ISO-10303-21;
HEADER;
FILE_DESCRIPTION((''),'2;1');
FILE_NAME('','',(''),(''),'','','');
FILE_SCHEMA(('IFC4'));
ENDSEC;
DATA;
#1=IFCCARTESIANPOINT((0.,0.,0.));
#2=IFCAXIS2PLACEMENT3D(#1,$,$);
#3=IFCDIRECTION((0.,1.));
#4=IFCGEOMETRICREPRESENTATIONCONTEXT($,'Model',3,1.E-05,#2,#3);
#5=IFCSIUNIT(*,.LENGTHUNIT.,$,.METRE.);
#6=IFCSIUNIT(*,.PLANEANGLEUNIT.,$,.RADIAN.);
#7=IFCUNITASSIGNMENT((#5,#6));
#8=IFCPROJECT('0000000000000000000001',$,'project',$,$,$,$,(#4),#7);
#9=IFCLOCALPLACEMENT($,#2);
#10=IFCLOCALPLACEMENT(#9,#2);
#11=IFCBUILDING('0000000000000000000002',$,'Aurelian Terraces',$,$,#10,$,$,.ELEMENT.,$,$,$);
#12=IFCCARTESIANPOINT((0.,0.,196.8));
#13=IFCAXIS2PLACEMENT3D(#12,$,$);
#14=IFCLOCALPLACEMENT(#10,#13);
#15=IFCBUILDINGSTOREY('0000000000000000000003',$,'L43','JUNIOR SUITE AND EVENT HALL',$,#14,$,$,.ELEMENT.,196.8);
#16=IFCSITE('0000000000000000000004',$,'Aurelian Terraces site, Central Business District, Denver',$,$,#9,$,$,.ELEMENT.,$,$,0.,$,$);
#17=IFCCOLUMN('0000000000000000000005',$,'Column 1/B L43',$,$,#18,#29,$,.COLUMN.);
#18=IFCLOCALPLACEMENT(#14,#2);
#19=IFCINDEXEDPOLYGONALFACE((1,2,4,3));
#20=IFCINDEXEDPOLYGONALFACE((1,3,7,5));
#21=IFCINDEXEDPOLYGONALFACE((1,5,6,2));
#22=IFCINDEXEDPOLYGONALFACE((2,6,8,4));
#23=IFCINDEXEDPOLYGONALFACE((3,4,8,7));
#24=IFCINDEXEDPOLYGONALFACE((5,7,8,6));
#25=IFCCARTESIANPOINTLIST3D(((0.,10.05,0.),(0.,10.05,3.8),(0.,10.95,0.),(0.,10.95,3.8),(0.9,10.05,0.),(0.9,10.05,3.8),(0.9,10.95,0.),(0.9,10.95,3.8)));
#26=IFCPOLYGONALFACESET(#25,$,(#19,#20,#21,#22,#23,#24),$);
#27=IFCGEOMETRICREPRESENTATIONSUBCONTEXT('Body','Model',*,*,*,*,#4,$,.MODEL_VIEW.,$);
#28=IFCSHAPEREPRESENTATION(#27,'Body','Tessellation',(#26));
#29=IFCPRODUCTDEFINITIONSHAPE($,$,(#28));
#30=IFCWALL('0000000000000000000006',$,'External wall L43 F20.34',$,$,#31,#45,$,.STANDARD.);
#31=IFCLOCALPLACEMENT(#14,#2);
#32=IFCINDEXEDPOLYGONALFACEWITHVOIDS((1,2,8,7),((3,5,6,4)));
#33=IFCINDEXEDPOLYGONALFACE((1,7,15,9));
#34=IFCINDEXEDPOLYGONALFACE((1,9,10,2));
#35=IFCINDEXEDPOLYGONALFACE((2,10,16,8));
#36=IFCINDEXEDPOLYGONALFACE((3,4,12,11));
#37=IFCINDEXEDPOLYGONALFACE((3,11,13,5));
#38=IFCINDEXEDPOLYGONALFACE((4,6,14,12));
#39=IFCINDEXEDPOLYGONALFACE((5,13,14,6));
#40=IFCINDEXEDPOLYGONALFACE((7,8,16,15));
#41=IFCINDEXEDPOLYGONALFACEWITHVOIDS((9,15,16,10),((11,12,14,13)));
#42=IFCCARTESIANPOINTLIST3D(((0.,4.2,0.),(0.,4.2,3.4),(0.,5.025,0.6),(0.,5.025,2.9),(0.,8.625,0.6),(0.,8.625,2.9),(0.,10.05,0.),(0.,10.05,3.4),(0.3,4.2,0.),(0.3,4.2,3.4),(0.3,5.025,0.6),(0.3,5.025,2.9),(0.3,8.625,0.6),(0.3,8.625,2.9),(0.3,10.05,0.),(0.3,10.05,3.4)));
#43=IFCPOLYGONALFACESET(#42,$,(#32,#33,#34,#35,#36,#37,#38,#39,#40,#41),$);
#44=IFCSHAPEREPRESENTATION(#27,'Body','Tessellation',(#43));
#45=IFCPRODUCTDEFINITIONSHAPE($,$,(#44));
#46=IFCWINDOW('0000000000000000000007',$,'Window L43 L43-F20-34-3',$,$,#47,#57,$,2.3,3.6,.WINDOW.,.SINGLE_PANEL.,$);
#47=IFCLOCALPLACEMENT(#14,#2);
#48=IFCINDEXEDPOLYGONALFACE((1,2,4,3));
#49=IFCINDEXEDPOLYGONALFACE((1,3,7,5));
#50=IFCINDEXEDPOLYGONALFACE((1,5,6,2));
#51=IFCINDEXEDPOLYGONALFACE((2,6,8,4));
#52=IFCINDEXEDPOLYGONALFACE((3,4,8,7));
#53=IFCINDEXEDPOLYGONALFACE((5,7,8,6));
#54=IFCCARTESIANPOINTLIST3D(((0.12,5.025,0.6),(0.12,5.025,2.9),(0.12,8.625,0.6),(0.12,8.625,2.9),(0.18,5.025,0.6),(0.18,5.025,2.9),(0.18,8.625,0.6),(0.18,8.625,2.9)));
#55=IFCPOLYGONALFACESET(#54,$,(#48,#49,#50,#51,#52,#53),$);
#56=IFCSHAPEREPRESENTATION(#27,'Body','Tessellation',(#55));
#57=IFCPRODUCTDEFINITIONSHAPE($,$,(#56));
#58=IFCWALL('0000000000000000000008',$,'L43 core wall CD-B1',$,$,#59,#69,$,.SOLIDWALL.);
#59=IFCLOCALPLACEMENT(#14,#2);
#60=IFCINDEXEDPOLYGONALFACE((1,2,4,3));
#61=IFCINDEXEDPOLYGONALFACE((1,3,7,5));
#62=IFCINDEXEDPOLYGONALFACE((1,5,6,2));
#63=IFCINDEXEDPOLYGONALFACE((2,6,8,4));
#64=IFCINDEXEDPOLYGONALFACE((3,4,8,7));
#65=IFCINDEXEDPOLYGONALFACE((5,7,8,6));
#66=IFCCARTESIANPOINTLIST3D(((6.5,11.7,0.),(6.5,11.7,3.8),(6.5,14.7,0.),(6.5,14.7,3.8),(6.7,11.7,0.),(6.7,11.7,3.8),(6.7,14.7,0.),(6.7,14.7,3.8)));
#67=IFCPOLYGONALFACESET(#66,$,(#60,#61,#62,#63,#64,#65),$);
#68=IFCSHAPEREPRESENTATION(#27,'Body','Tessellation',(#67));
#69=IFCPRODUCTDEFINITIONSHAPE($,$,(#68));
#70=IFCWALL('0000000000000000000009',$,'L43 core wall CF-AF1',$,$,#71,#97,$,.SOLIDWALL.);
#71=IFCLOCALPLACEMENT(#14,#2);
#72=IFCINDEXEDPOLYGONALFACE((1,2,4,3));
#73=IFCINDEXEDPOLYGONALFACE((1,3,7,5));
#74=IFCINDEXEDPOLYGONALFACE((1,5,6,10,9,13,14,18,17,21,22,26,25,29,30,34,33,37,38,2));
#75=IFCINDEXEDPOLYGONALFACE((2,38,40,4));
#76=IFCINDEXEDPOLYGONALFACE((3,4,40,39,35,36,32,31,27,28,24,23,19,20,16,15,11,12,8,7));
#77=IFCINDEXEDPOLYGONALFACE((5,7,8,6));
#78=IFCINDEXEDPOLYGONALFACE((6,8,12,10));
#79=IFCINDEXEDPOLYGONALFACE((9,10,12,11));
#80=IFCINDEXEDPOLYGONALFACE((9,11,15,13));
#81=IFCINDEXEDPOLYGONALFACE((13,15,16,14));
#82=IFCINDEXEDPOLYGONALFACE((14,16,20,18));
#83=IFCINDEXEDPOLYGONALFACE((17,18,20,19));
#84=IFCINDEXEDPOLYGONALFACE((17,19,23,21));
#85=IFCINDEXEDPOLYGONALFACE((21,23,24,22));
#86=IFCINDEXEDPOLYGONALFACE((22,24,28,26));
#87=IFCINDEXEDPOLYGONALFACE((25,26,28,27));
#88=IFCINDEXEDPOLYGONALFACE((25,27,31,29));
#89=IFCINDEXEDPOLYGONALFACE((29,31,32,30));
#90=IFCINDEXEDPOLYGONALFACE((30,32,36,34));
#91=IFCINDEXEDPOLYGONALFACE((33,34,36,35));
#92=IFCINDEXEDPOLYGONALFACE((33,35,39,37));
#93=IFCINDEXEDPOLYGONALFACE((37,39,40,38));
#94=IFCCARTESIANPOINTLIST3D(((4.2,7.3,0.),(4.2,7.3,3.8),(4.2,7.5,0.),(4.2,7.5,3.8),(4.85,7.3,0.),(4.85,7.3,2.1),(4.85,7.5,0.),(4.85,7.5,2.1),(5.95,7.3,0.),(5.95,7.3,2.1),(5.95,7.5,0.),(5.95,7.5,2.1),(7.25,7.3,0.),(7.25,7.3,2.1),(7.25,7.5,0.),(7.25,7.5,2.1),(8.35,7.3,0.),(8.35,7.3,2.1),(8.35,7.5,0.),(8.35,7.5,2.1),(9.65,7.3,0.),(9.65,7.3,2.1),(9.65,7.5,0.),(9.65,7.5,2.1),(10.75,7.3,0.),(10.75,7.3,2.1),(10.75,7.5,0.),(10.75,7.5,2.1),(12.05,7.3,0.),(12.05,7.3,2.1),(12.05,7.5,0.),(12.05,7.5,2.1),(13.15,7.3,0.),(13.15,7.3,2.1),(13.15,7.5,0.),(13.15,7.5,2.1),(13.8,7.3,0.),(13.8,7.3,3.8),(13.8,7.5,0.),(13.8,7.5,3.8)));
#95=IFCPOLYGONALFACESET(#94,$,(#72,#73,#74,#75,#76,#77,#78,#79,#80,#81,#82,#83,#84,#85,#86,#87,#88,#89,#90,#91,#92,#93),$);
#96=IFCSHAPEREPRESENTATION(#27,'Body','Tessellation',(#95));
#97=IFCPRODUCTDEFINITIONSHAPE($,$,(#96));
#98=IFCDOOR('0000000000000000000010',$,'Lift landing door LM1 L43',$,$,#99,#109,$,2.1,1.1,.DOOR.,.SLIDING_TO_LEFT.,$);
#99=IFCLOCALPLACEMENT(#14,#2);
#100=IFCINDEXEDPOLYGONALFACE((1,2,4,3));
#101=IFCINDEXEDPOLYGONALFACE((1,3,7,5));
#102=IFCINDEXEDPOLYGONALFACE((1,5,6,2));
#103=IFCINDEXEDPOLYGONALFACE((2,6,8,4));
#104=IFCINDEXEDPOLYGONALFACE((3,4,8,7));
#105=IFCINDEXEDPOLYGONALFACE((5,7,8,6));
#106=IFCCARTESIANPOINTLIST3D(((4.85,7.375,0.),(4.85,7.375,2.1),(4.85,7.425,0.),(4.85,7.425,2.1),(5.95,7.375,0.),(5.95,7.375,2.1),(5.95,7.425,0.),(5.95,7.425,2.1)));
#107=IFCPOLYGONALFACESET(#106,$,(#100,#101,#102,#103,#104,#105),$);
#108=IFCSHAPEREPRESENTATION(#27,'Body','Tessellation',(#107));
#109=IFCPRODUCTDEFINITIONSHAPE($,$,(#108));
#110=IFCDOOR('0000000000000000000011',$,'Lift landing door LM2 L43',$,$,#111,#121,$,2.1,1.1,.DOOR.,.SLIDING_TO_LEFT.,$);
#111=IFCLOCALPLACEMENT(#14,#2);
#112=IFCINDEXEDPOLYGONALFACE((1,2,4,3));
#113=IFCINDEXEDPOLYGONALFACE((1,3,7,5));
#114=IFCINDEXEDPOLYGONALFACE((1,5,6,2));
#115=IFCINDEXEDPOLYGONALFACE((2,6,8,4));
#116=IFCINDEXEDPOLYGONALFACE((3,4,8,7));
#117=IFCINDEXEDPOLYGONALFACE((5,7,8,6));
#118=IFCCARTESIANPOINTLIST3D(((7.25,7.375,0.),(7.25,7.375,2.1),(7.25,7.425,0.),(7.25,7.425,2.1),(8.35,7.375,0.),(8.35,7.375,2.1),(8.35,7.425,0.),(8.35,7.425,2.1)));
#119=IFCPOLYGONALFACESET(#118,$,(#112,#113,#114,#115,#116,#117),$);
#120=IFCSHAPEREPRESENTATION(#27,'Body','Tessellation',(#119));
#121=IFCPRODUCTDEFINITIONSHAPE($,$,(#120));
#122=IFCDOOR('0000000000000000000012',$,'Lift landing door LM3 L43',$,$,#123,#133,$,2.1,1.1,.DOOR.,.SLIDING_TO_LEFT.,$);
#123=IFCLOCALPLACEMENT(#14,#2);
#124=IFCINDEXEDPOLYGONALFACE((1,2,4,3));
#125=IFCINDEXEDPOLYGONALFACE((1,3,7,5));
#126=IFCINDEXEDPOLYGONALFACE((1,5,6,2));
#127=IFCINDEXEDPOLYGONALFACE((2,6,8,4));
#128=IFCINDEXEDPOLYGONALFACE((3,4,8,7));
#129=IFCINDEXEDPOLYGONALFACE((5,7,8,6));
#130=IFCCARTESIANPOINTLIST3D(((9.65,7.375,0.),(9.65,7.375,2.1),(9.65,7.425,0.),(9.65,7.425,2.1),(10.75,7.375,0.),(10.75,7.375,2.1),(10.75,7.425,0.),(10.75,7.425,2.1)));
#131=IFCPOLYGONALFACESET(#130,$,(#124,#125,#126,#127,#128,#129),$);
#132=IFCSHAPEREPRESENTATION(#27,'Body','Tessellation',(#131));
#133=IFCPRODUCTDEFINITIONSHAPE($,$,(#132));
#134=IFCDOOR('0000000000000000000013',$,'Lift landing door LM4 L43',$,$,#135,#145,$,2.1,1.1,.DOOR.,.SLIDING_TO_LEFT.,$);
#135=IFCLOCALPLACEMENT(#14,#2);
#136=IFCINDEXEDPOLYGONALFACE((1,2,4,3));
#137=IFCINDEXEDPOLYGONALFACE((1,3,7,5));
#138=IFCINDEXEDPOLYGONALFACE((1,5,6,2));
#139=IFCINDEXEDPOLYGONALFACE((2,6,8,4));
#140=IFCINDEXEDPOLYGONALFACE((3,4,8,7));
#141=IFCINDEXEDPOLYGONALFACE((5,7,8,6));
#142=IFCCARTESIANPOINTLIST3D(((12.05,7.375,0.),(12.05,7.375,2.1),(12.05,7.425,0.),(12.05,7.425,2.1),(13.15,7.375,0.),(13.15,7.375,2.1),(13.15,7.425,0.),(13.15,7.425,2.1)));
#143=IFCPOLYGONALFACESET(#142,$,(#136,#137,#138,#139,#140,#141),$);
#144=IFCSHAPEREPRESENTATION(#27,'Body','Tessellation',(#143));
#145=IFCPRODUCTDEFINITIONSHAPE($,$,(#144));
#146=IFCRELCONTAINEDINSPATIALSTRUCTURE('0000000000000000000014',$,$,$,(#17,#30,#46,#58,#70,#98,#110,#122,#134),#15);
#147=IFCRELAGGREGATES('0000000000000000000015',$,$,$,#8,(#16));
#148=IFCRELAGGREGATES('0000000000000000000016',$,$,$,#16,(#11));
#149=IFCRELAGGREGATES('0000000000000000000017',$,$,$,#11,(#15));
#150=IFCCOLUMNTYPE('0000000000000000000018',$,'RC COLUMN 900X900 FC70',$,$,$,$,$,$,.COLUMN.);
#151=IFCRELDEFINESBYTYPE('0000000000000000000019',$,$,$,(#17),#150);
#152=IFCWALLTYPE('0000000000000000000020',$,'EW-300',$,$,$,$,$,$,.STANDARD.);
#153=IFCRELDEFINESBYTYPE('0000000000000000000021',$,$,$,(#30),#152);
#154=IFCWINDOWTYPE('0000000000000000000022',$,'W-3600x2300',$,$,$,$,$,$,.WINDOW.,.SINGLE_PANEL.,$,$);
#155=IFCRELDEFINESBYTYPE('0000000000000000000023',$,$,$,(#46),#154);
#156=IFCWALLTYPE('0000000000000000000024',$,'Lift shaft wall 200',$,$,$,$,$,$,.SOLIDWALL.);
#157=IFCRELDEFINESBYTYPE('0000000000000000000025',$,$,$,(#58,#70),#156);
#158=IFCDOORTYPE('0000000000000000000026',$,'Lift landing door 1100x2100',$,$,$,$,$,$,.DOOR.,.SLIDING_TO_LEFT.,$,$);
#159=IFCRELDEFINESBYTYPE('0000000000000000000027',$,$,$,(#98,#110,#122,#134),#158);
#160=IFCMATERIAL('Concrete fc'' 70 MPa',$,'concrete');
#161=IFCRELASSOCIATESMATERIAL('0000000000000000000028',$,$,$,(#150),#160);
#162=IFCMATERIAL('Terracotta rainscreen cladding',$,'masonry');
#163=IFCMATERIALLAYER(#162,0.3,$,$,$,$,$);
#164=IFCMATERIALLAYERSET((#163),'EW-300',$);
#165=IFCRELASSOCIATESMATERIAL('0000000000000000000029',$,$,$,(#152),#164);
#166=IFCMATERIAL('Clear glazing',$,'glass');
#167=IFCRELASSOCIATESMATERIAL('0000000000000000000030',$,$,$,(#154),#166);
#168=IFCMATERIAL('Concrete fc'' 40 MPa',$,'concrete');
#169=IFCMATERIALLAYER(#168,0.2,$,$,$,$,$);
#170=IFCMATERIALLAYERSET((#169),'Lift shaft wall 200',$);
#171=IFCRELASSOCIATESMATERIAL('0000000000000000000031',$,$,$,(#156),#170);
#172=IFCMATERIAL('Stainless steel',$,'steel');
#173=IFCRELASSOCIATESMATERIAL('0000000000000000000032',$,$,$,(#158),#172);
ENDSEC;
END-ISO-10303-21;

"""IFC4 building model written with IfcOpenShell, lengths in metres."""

from ifc_helpers import new_model, si_unit, direction, frame, frame_2d, origin, origin_2d, place, context, subcontext, project, spatial, rectangle, extrude, source, transform, mapped, material, layer, layer_set, material_profile, profile_set, type_object, element, fill, save


model = new_model("IFC4")

# Units and contexts
model_context = context("Model", 3, precision=1e-05, world=origin(), true_north=direction((0.0, 1.0)))
body_context = subcontext(model_context, "Body", "Model", "MODEL_VIEW")
ifc_project = project(units=[si_unit("LENGTHUNIT", "METRE"), si_unit("PLANEANGLEUNIT", "RADIAN")], contexts=[model_context])

# Site, building, storey
site_placement = place(None, origin())
site = spatial("IfcSite", under=ifc_project, at=site_placement, Name="Aurelian Terraces site, Central Business District, Denver", CompositionType="ELEMENT", RefElevation=0.0)
building_placement = place(site_placement, origin())
building = spatial("IfcBuilding", under=site, at=building_placement, Name="Aurelian Terraces", CompositionType="ELEMENT")
storey_placement = place(building_placement, frame((0.0, 0.0, 196.8)))
storey = spatial("IfcBuildingStorey", under=building, at=storey_placement, Name="L43", Description="JUNIOR SUITE AND EVENT HALL", CompositionType="ELEMENT", Elevation=196.8)

# Column
ifc_material_1 = material(Name="Concrete fc' 70 MPa", Category="concrete")
ifc_material_profile = material_profile(ifc_material_1, rectangle(XDim=0.9, YDim=0.9, at=origin_2d()))
ifc_profile_set = profile_set([ifc_material_profile], Name="Concrete fc' 70 MPa")
column_type = type_object("IfcColumnType", Name="RC COLUMN 900X900 FC70", PredefinedType="COLUMN", material=ifc_profile_set)
shared_shape_1 = source(origin(), body_context, "Body", "SweptSolid", [
    extrude(rectangle(XDim=0.9, YDim=0.9, at=origin_2d()), origin(), (0.0, 0.0, 1.0), 3.8),
])
column_placement = place(storey_placement, frame((0.45, 10.5, 0.0), z_axis=(0.0, 0.0, 1.0), x_axis=(1.0, 0.0, 0.0)))
element("IfcColumn", 1, at=column_placement, inside=storey, type_object=column_type, Name="Column 1/B L43", PredefinedType="COLUMN", context=body_context, shape_type="MappedRepresentation", body=[
    mapped(shared_shape_1, transform((0.0, 0.0, 0.0), scale=1.0)),
])

# Wall, opening, window
ifc_material_2 = material(Name="Terracotta rainscreen cladding", Category="masonry")
ifc_layer_1 = layer(ifc_material_2, 0.3)
ifc_layer_set_1 = layer_set([ifc_layer_1], Name="EW-300")
wall_type_1 = type_object("IfcWallType", Name="EW-300", PredefinedType="STANDARD", material=ifc_layer_set_1)
shared_shape_2 = source(origin(), body_context, "Body", "SweptSolid", [
    extrude(rectangle(XDim=5.85, YDim=0.3, at=frame_2d((2.925, 0.0))), origin(), (0.0, 0.0, 1.0), 3.4),
])
wall_1_placement = place(storey_placement, frame((0.15, 10.05, 0.0), z_axis=(0.0, 0.0, 1.0), x_axis=(0.0, -1.0, 0.0)))
wall_1 = element("IfcWall", 2, at=wall_1_placement, inside=storey, type_object=wall_type_1, Name="External wall L43 F20.34", PredefinedType="STANDARD", context=body_context, shape_type="MappedRepresentation", body=[
    mapped(shared_shape_2, transform((0.0, 0.0, 0.0), scale=1.0)),
])
shared_shape_3 = source(origin(), body_context, "Body", "SweptSolid", [
    extrude(rectangle(XDim=3.6, YDim=2.3, at=frame_2d((1.8, 1.15))), frame((0.0, 0.16, 0.0), z_axis=(0.0, -1.0, 0.0), x_axis=(1.0, 0.0, 0.0)), (0.0, 0.0, 1.0), 0.32),
])
opening_1_placement = place(wall_1_placement, frame((1.425, 0.0, 0.6)))
opening_1 = element("IfcOpeningElement", 3, at=opening_1_placement, cuts=wall_1, PredefinedType="OPENING", context=body_context, shape_type="MappedRepresentation", body=[
    mapped(shared_shape_3, transform((0.0, 0.0, 0.0), scale=1.0)),
])
ifc_material_3 = material(Name="Clear glazing", Category="glass")
window_type = type_object("IfcWindowType", Name="W-3600x2300", PartitioningType="SINGLE_PANEL", PredefinedType="WINDOW", material=ifc_material_3)
shared_shape_4 = source(origin(), body_context, "Body", "SweptSolid", [
    extrude(rectangle(XDim=3.6, YDim=2.3, at=frame_2d((1.8, 1.15))), frame((0.0, 0.03, 0.0), z_axis=(0.0, -1.0, 0.0), x_axis=(1.0, 0.0, 0.0)), (0.0, 0.0, 1.0), 0.06),
])
window_placement = place(opening_1_placement, origin())
window = element("IfcWindow", 4, at=window_placement, inside=storey, type_object=window_type, Name="Window L43 L43-F20-34-3", OverallHeight=2.3, OverallWidth=3.6, PartitioningType="SINGLE_PANEL", PredefinedType="WINDOW", context=body_context, shape_type="MappedRepresentation", body=[
    mapped(shared_shape_4, transform((0.0, 0.0, 0.0), scale=1.0)),
])
fill(opening_1, window)

# Wall
ifc_material_4 = material(Name="Concrete fc' 40 MPa", Category="concrete")
ifc_layer_2 = layer(ifc_material_4, 0.2)
ifc_layer_set_2 = layer_set([ifc_layer_2], Name="Lift shaft wall 200")
wall_type_2 = type_object("IfcWallType", Name="Lift shaft wall 200", PredefinedType="SOLIDWALL", material=ifc_layer_set_2)
shared_shape_5 = source(origin(), body_context, "Body", "SweptSolid", [
    extrude(rectangle(XDim=3.0, YDim=0.2, at=frame_2d((1.5, 0.0))), origin(), (0.0, 0.0, 1.0), 3.8),
])
wall_2_placement = place(storey_placement, frame((6.6, 11.7, 0.0), z_axis=(0.0, 0.0, 1.0), x_axis=(0.0, 1.0, 0.0)))
element("IfcWall", 5, at=wall_2_placement, inside=storey, type_object=wall_type_2, Name="L43 core wall CD-B1", PredefinedType="SOLIDWALL", context=body_context, shape_type="MappedRepresentation", body=[
    mapped(shared_shape_5, transform((0.0, 0.0, 0.0), scale=1.0)),
])

# Wall, openings, doors
shared_shape_6 = source(origin(), body_context, "Body", "SweptSolid", [
    extrude(rectangle(XDim=9.6, YDim=0.2, at=frame_2d((4.8, 0.0))), origin(), (0.0, 0.0, 1.0), 3.8),
])
wall_3_placement = place(storey_placement, frame((4.2, 7.4, 0.0), z_axis=(0.0, 0.0, 1.0), x_axis=(1.0, 0.0, 0.0)))
wall_3 = element("IfcWall", 6, at=wall_3_placement, inside=storey, type_object=wall_type_2, Name="L43 core wall CF-AF1", PredefinedType="SOLIDWALL", context=body_context, shape_type="MappedRepresentation", body=[
    mapped(shared_shape_6, transform((0.0, 0.0, 0.0), scale=1.0)),
])
shared_shape_7 = source(origin(), body_context, "Body", "SweptSolid", [
    extrude(rectangle(XDim=1.1, YDim=2.1, at=frame_2d((0.55, 1.05))), frame((0.0, 0.11, 0.0), z_axis=(0.0, -1.0, 0.0), x_axis=(1.0, 0.0, 0.0)), (0.0, 0.0, 1.0), 0.22),
])
opening_2_placement = place(wall_3_placement, frame((0.65, 0.0, 0.0)))
opening_2 = element("IfcOpeningElement", 7, at=opening_2_placement, cuts=wall_3, PredefinedType="OPENING", context=body_context, shape_type="MappedRepresentation", body=[
    mapped(shared_shape_7, transform((0.0, 0.0, 0.0), scale=1.0)),
])
opening_3_placement = place(wall_3_placement, frame((3.05, 0.0, 0.0)))
opening_3 = element("IfcOpeningElement", 8, at=opening_3_placement, cuts=wall_3, PredefinedType="OPENING", context=body_context, shape_type="MappedRepresentation", body=[
    mapped(shared_shape_7, transform((0.0, 0.0, 0.0), scale=1.0)),
])
opening_4_placement = place(wall_3_placement, frame((5.45, 0.0, 0.0)))
opening_4 = element("IfcOpeningElement", 9, at=opening_4_placement, cuts=wall_3, PredefinedType="OPENING", context=body_context, shape_type="MappedRepresentation", body=[
    mapped(shared_shape_7, transform((0.0, 0.0, 0.0), scale=1.0)),
])
opening_5_placement = place(wall_3_placement, frame((7.85, 0.0, 0.0)))
opening_5 = element("IfcOpeningElement", 10, at=opening_5_placement, cuts=wall_3, PredefinedType="OPENING", context=body_context, shape_type="MappedRepresentation", body=[
    mapped(shared_shape_7, transform((0.0, 0.0, 0.0), scale=1.0)),
])
ifc_material_5 = material(Name="Stainless steel", Category="steel")
door_type = type_object("IfcDoorType", Name="Lift landing door 1100x2100", OperationType="SLIDING_TO_LEFT", PredefinedType="DOOR", material=ifc_material_5)
shared_shape_8 = source(origin(), body_context, "Body", "SweptSolid", [
    extrude(rectangle(XDim=1.1, YDim=2.1, at=frame_2d((0.55, 1.05))), frame((0.0, 0.025, 0.0), z_axis=(0.0, -1.0, 0.0), x_axis=(1.0, 0.0, 0.0)), (0.0, 0.0, 1.0), 0.05),
])
door_1_placement = place(opening_2_placement, origin())
door_1 = element("IfcDoor", 11, at=door_1_placement, inside=storey, type_object=door_type, Name="Lift landing door LM1 L43", OperationType="SLIDING_TO_LEFT", OverallHeight=2.1, OverallWidth=1.1, PredefinedType="DOOR", context=body_context, shape_type="MappedRepresentation", body=[
    mapped(shared_shape_8, transform((0.0, 0.0, 0.0), scale=1.0)),
])
fill(opening_2, door_1)
door_2_placement = place(opening_3_placement, origin())
door_2 = element("IfcDoor", 12, at=door_2_placement, inside=storey, type_object=door_type, Name="Lift landing door LM2 L43", OperationType="SLIDING_TO_LEFT", OverallHeight=2.1, OverallWidth=1.1, PredefinedType="DOOR", context=body_context, shape_type="MappedRepresentation", body=[
    mapped(shared_shape_8, transform((0.0, 0.0, 0.0), scale=1.0)),
])
fill(opening_3, door_2)
door_3_placement = place(opening_4_placement, origin())
door_3 = element("IfcDoor", 13, at=door_3_placement, inside=storey, type_object=door_type, Name="Lift landing door LM3 L43", OperationType="SLIDING_TO_LEFT", OverallHeight=2.1, OverallWidth=1.1, PredefinedType="DOOR", context=body_context, shape_type="MappedRepresentation", body=[
    mapped(shared_shape_8, transform((0.0, 0.0, 0.0), scale=1.0)),
])
fill(opening_4, door_3)
door_4_placement = place(opening_5_placement, origin())
door_4 = element("IfcDoor", 14, at=door_4_placement, inside=storey, type_object=door_type, Name="Lift landing door LM4 L43", OperationType="SLIDING_TO_LEFT", OverallHeight=2.1, OverallWidth=1.1, PredefinedType="DOOR", context=body_context, shape_type="MappedRepresentation", body=[
    mapped(shared_shape_8, transform((0.0, 0.0, 0.0), scale=1.0)),
])
fill(opening_5, door_4)

save(model, "model.ifc")
